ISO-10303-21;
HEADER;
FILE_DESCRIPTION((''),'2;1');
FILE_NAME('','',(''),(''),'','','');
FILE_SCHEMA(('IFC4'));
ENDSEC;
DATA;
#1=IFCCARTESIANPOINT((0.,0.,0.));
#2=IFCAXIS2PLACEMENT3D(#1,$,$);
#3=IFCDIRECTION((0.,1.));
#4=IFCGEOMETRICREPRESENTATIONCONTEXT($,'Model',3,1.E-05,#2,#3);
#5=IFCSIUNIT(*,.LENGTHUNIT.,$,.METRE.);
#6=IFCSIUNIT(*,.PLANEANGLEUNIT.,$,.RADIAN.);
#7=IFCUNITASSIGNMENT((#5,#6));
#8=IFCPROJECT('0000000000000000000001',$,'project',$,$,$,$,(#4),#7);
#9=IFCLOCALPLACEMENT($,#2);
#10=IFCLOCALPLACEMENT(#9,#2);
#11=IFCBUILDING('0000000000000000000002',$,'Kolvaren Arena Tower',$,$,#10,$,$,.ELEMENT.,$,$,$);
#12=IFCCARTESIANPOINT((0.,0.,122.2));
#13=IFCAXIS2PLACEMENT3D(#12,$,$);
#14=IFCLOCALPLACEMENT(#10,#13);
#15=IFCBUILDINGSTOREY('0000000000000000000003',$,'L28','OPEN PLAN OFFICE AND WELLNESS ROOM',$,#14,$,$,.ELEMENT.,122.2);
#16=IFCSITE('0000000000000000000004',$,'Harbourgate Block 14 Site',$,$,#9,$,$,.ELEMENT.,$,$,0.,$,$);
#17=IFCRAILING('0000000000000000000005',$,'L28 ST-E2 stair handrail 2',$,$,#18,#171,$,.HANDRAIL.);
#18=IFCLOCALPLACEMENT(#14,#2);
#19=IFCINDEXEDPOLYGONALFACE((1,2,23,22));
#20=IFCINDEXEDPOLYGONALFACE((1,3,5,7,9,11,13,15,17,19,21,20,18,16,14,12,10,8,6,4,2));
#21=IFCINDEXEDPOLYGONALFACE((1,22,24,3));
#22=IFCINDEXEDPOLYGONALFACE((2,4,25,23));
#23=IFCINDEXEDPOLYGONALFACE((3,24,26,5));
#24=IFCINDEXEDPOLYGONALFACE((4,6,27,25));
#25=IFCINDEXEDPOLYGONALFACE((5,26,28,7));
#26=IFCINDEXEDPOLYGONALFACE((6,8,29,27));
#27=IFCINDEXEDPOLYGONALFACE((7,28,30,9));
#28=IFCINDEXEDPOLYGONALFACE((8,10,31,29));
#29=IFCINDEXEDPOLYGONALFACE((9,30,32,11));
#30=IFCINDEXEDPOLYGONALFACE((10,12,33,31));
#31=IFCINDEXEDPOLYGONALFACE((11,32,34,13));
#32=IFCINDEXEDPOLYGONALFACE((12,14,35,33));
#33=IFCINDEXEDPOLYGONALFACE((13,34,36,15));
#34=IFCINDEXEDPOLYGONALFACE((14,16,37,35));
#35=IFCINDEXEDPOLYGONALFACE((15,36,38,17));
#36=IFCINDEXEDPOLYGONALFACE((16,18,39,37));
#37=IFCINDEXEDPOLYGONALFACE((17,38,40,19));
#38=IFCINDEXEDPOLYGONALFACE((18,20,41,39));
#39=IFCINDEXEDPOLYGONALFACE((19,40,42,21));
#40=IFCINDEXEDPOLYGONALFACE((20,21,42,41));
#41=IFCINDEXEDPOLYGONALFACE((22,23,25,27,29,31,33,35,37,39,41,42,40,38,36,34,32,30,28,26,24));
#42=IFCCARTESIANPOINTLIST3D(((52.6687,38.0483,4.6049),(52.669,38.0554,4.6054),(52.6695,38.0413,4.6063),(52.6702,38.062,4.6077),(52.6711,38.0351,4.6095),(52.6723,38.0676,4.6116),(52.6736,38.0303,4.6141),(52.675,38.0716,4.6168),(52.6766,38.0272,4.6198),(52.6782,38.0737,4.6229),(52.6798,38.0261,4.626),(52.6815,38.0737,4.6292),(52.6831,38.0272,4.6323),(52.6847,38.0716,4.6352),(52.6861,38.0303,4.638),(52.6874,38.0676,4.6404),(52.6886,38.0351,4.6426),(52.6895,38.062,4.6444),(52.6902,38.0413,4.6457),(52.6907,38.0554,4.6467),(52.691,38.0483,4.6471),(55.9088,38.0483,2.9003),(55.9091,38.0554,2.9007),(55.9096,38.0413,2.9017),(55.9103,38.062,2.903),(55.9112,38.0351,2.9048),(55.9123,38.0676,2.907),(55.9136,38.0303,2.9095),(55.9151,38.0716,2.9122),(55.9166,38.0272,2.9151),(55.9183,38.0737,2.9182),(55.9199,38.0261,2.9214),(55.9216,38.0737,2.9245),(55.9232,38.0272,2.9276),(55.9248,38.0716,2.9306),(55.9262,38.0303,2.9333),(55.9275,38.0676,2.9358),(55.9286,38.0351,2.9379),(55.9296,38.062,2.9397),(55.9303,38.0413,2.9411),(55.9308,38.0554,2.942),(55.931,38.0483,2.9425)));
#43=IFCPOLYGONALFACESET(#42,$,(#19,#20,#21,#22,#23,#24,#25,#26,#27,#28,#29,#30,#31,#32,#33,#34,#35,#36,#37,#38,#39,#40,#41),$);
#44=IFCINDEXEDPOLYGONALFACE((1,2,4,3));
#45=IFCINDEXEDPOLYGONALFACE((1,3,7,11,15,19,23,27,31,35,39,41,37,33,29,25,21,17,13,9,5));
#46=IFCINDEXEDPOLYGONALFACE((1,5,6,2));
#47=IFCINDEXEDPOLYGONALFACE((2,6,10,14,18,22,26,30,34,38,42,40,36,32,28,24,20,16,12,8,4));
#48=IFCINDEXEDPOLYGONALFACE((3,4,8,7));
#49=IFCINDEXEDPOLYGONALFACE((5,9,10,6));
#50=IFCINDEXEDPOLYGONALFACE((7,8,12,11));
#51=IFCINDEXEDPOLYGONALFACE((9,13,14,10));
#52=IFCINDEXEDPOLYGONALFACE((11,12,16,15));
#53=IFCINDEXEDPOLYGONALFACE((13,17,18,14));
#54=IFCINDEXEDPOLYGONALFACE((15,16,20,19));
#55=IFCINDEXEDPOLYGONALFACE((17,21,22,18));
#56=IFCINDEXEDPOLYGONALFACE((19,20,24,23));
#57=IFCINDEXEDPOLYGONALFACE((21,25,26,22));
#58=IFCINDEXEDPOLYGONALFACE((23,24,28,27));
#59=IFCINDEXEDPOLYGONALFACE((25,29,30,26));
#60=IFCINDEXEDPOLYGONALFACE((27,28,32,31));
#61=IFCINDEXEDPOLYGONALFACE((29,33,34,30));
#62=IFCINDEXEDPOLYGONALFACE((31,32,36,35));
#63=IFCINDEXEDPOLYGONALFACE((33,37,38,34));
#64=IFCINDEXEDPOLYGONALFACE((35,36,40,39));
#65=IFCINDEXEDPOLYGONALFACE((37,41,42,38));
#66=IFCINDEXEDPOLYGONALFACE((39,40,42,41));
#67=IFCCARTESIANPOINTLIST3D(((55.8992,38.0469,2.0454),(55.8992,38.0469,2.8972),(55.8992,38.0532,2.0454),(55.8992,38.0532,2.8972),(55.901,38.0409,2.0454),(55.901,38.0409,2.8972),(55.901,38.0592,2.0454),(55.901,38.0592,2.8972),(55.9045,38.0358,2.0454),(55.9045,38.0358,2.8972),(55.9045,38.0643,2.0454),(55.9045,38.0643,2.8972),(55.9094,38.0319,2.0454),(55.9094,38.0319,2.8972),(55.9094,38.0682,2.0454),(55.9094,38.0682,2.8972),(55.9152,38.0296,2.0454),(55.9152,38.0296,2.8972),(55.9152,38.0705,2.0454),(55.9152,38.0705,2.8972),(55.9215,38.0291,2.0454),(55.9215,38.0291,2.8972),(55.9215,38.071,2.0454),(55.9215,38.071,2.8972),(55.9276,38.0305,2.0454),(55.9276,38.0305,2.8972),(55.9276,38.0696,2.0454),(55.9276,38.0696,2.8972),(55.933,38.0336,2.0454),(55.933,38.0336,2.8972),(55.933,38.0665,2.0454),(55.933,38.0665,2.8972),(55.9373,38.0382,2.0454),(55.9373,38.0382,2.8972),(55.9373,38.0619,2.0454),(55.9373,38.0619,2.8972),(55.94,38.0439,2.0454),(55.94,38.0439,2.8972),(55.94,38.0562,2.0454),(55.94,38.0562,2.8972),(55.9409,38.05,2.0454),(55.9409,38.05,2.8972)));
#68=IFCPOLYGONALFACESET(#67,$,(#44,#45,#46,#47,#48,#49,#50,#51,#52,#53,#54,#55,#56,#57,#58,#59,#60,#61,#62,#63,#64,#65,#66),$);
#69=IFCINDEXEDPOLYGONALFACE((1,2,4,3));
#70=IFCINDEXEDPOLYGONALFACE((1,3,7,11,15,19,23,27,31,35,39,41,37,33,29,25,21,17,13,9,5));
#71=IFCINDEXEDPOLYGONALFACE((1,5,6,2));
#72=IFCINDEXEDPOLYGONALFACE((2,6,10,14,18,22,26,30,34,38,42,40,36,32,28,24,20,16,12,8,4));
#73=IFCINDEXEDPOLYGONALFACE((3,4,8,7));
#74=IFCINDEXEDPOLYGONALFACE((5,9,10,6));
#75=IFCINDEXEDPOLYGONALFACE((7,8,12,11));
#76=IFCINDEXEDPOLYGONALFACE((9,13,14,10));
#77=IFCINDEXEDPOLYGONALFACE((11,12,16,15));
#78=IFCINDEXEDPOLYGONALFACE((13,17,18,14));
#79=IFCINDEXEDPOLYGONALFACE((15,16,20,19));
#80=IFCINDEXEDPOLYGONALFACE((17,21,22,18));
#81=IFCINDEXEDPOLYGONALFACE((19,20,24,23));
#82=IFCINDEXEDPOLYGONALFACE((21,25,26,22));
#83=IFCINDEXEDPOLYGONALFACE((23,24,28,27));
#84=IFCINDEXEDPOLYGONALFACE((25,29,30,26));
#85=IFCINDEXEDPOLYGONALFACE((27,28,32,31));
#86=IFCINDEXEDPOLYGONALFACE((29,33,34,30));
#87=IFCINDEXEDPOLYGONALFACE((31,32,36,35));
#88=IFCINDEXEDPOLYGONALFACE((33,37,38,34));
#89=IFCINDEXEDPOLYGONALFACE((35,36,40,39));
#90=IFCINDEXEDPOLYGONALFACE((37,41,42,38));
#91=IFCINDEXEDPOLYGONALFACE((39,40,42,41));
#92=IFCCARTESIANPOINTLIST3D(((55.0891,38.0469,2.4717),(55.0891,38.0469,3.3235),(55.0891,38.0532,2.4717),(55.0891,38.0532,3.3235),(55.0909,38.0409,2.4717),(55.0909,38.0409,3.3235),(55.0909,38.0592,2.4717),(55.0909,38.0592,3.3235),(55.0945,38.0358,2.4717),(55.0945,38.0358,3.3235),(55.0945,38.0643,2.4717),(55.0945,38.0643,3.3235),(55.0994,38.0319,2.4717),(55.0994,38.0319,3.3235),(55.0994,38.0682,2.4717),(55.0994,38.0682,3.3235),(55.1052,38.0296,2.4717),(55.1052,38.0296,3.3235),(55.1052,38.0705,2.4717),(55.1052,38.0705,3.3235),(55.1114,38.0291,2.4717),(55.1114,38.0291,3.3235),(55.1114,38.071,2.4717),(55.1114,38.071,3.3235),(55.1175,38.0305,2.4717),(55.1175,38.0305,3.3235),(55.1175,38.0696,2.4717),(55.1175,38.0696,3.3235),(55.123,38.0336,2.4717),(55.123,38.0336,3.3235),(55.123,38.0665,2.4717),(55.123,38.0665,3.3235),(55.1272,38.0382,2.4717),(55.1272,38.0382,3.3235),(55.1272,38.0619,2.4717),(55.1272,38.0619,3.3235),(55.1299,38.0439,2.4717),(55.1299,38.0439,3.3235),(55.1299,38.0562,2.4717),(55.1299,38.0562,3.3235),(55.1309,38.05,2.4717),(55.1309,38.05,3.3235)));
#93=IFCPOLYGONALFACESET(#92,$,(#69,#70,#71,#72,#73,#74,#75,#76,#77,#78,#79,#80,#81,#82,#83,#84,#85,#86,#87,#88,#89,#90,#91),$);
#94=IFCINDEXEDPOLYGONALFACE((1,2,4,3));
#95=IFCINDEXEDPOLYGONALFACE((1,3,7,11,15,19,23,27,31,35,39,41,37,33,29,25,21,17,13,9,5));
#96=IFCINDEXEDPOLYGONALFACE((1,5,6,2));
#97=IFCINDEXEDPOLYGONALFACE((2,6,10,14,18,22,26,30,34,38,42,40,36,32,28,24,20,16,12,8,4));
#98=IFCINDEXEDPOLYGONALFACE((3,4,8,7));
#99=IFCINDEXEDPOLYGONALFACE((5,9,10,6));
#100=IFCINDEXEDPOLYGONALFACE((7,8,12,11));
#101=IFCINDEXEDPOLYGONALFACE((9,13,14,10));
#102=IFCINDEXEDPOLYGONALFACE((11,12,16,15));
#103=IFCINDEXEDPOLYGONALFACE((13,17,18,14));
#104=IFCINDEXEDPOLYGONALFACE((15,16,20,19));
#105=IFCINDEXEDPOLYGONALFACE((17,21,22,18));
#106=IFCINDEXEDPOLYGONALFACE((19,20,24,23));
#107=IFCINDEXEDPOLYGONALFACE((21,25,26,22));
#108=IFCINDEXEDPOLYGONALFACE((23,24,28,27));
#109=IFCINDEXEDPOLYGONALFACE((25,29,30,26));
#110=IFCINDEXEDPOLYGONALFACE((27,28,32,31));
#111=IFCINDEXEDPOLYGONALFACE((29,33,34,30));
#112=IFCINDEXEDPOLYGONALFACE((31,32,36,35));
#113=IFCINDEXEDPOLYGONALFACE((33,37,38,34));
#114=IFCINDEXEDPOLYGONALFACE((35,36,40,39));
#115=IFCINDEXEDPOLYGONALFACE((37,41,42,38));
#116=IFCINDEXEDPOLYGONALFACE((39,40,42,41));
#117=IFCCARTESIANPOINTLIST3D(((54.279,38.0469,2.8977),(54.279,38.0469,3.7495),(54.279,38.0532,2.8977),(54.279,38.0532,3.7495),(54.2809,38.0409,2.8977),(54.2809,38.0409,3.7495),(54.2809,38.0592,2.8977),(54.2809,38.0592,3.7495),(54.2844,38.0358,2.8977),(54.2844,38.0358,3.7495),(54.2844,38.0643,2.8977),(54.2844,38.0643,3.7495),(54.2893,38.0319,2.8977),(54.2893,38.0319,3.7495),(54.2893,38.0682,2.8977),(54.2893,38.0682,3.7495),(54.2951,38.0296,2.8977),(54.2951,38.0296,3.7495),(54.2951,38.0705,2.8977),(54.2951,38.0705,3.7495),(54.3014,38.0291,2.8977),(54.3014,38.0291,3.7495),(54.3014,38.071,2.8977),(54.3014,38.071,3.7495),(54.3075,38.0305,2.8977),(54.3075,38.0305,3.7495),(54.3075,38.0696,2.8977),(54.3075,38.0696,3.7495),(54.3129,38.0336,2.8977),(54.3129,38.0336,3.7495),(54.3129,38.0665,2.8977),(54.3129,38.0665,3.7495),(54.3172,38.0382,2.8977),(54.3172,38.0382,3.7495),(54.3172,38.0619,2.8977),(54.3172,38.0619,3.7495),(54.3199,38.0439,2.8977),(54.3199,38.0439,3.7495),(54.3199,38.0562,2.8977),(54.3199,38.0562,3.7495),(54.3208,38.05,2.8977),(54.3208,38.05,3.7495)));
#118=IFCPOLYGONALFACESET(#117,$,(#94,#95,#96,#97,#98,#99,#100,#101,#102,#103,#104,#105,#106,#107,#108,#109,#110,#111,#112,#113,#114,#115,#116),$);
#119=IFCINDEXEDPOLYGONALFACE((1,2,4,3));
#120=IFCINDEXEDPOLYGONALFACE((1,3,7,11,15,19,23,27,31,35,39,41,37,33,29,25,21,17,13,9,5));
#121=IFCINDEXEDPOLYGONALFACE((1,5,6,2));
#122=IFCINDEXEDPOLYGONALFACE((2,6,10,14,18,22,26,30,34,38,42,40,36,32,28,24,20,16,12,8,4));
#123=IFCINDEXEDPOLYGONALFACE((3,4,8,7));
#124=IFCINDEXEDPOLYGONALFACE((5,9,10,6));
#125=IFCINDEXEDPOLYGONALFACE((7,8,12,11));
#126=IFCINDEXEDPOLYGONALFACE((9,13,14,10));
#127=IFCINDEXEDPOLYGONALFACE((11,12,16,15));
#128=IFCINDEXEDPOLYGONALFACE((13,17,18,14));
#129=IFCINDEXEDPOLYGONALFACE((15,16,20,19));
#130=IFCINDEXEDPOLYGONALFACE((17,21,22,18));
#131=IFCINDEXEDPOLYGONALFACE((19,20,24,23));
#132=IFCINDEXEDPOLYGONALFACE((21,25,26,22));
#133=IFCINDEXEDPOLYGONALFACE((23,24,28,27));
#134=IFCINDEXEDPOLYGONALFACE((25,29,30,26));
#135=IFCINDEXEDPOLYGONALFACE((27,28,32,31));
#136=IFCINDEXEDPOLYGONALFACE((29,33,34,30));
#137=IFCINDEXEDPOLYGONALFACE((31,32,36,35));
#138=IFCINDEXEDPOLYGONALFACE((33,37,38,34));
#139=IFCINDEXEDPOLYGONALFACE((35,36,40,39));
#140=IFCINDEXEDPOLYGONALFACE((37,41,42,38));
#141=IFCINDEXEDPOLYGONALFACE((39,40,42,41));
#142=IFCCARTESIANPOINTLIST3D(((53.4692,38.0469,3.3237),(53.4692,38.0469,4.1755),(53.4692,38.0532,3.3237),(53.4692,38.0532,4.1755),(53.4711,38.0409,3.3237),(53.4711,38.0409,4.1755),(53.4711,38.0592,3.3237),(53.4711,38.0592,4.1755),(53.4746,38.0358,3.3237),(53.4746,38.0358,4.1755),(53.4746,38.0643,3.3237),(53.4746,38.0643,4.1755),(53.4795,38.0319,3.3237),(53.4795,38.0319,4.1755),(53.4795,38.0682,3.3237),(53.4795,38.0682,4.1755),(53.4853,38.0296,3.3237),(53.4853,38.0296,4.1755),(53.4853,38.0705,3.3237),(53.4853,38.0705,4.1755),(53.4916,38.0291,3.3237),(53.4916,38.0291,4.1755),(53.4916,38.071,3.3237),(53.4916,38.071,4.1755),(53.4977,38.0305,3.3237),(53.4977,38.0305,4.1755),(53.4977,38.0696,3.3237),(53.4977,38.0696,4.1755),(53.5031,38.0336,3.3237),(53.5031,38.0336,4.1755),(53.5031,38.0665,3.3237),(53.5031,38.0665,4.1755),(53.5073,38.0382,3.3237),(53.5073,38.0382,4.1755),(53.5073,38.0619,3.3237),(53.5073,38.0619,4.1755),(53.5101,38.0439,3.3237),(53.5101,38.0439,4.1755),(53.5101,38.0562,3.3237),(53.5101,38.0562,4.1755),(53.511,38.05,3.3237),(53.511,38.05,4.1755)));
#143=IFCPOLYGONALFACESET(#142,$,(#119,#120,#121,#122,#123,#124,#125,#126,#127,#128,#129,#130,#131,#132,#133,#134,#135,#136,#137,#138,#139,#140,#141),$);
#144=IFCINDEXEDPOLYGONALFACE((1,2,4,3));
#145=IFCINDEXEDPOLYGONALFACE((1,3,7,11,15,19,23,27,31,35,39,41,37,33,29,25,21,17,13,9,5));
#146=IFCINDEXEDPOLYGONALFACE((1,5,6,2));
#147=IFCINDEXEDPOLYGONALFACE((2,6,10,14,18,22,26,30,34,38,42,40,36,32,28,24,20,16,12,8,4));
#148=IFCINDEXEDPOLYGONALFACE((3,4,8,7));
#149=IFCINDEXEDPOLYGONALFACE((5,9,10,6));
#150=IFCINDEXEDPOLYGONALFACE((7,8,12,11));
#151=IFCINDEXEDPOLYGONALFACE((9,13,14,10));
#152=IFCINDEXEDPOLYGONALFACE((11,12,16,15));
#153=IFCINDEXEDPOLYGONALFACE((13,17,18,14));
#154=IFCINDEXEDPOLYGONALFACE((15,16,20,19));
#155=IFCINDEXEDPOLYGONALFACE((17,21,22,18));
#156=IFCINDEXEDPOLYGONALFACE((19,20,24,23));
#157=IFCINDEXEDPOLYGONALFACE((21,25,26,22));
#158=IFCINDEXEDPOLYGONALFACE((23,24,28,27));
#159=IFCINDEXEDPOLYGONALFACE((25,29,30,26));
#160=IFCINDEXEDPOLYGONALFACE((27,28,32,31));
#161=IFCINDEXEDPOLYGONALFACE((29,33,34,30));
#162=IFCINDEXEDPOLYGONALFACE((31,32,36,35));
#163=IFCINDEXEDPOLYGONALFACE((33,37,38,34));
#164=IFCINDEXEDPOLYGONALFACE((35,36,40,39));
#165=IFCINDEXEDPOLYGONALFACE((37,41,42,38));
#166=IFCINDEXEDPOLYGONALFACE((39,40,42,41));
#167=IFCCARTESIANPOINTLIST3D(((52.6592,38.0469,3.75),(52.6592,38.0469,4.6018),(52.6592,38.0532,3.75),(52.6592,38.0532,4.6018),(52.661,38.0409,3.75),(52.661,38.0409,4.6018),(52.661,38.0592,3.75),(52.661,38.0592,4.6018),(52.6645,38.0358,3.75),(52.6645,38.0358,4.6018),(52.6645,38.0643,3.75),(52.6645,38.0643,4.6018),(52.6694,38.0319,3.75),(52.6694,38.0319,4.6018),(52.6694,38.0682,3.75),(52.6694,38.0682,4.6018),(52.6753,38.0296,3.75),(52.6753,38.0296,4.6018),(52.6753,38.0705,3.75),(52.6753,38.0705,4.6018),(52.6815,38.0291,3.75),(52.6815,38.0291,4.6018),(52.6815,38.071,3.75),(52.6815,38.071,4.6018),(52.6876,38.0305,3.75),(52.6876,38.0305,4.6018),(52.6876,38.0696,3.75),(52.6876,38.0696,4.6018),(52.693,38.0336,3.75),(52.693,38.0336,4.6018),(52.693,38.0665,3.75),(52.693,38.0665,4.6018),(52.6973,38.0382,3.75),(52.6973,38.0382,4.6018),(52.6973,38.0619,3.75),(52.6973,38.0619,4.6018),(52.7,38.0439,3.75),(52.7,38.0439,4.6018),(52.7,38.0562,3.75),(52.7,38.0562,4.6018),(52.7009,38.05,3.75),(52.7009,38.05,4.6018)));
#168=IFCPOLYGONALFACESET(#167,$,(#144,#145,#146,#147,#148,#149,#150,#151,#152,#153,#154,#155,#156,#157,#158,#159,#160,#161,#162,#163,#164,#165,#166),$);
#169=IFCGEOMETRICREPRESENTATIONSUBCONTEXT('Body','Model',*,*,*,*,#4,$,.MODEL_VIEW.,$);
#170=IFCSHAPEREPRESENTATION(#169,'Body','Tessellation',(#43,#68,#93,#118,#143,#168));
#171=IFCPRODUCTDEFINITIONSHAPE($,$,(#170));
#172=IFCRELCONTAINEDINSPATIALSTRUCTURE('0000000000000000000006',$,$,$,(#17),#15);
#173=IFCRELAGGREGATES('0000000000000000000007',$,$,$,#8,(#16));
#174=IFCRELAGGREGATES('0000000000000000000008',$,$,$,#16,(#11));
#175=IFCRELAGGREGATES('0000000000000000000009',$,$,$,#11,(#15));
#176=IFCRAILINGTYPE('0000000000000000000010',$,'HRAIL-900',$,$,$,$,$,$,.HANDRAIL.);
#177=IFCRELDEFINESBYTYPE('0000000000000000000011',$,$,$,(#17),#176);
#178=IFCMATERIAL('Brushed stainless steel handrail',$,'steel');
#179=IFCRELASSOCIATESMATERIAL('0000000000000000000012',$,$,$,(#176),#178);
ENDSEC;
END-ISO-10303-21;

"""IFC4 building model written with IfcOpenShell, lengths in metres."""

from ifc_helpers import new_model, si_unit, direction, frame, origin, origin_2d, place, context, subcontext, project, spatial, circle, extrude, material, type_object, element, save


model = new_model("IFC4")

# Units and contexts
model_context = context("Model", 3, precision=1e-05, world=origin(), true_north=direction((0.0, 1.0)))
body_context = subcontext(model_context, "Body", "Model", "MODEL_VIEW")
ifc_project = project(units=[si_unit("LENGTHUNIT", "METRE"), si_unit("PLANEANGLEUNIT", "RADIAN")], contexts=[model_context])

# Site, building, storey
site_placement = place(None, origin())
site = spatial("IfcSite", under=ifc_project, at=site_placement, Name="Harbourgate Block 14 Site", CompositionType="ELEMENT", RefElevation=0.0)
building_placement = place(site_placement, origin())
building = spatial("IfcBuilding", under=site, at=building_placement, Name="Kolvaren Arena Tower", CompositionType="ELEMENT")
storey_placement = place(building_placement, frame((0.0, 0.0, 122.2)))
storey = spatial("IfcBuildingStorey", under=building, at=storey_placement, Name="L28", Description="OPEN PLAN OFFICE AND WELLNESS ROOM", CompositionType="ELEMENT", Elevation=122.2)

# Railing
ifc_material_1 = material(Name="Brushed stainless steel handrail", Category="steel")
railing_type_1 = type_object("IfcRailingType", Name="HRAIL-900", PredefinedType="HANDRAIL", material=ifc_material_1)
for number, where, name in (
    (1, (55.9199, 38.05, 2.0454), "L28 ST-E2 stair handrail 2"),
):
    element("IfcRailing", number, at=place(storey_placement, frame(where)), inside=storey, type_object=railing_type_1, Name=name, PredefinedType="HANDRAIL", context=body_context, shape_type="SweptSolid", body=[
        extrude(circle(Radius=0.0239, at=origin_2d()), frame((0.0, 0.0, 0.876), z_axis=(-0.884993, 0.0, 0.465604), x_axis=(0.0, -1.0, 0.0)), (0.0, 0.0, 1.0), 3.6611),
        extrude(circle(Radius=0.021, at=origin_2d()), origin(), (0.0, 0.0, 1.0), 0.8518),
        extrude(circle(Radius=0.021, at=origin_2d()), frame((-0.8101, 0.0, 0.4263)), (0.0, 0.0, 1.0), 0.8518),
        extrude(circle(Radius=0.021, at=origin_2d()), frame((-1.6201, 0.0, 0.8523)), (0.0, 0.0, 1.0), 0.8518),
        extrude(circle(Radius=0.021, at=origin_2d()), frame((-2.4299, 0.0, 1.2783)), (0.0, 0.0, 1.0), 0.8518),
        extrude(circle(Radius=0.021, at=origin_2d()), frame((-3.24, 0.0, 1.7046)), (0.0, 0.0, 1.0), 0.8518),
    ])

save(model, "model.ifc")
